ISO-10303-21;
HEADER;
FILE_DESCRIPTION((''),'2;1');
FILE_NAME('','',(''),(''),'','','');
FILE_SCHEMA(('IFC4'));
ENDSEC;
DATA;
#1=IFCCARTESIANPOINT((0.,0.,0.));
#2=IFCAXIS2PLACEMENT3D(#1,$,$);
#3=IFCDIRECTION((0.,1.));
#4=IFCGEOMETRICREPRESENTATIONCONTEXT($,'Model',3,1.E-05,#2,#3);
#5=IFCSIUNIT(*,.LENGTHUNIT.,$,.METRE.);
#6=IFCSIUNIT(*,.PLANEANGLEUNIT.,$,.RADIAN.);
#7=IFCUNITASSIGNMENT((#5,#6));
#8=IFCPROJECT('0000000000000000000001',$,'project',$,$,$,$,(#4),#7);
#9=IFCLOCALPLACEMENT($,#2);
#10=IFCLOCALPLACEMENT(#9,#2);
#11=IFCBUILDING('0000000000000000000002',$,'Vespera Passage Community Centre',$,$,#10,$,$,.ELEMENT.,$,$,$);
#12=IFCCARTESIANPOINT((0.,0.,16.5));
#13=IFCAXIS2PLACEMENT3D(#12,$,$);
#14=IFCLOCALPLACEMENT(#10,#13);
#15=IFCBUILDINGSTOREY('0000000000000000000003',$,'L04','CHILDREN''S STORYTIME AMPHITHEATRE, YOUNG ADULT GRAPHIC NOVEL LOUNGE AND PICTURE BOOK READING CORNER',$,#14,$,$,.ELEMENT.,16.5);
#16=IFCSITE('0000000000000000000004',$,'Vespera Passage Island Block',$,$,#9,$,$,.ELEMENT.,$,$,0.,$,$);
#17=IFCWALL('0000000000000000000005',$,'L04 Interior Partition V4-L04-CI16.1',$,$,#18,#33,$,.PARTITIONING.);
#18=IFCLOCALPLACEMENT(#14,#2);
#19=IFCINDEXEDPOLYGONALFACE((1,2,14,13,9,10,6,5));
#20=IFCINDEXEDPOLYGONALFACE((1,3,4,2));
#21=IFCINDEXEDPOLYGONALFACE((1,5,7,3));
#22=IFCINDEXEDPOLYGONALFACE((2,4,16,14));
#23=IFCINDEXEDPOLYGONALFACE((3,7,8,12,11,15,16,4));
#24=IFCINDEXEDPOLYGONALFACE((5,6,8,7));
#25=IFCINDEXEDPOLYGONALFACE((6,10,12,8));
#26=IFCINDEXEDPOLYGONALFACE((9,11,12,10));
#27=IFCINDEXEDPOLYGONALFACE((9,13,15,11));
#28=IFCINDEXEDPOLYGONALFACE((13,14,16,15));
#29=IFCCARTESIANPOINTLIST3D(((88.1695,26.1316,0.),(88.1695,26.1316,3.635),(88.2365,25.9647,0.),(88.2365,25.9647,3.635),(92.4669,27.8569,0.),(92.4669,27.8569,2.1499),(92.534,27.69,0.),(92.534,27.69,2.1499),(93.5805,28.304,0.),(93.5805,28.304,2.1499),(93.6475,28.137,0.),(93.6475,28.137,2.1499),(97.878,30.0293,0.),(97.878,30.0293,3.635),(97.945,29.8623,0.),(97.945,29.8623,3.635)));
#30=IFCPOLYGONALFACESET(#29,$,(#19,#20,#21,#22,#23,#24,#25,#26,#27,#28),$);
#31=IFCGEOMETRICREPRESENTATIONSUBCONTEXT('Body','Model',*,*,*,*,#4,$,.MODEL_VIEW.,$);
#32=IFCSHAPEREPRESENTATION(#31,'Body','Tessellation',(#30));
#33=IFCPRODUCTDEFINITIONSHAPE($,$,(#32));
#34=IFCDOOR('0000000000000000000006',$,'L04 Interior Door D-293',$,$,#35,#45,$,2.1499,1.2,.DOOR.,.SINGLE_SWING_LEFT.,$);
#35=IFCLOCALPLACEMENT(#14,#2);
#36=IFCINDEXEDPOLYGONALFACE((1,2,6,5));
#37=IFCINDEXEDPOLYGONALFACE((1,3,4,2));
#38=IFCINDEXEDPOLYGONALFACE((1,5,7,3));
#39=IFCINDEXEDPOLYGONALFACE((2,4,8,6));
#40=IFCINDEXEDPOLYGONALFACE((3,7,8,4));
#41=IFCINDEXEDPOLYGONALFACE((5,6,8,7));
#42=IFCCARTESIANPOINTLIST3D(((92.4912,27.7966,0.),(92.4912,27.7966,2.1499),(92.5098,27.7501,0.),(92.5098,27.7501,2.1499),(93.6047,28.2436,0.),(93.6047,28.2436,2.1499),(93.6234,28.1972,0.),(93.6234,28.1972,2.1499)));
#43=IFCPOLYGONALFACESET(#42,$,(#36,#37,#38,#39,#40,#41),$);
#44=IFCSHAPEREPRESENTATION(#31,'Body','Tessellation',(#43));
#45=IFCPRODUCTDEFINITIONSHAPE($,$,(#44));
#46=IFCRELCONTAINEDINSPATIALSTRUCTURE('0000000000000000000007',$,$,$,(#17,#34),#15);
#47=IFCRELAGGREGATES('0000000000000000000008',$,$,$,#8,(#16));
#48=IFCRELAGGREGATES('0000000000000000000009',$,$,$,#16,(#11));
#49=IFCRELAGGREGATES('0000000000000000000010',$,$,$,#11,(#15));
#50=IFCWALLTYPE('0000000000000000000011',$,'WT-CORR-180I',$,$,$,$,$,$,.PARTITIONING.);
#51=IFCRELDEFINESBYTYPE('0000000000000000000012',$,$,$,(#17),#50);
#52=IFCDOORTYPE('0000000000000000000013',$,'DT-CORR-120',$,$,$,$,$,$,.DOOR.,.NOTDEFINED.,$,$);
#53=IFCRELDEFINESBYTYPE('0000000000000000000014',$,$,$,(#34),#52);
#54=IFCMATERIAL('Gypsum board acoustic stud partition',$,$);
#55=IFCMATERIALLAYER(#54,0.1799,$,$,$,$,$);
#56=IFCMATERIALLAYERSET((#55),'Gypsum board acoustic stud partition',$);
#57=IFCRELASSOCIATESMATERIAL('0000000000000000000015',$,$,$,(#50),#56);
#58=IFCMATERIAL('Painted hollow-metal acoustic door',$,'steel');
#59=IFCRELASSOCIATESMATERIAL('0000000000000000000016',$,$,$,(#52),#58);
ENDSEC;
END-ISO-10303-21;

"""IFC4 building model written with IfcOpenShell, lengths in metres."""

from ifc_helpers import new_model, si_unit, direction, frame, frame_2d, origin, place, context, subcontext, project, spatial, rectangle, extrude, material, layer, layer_set, type_object, element, fill, save


model = new_model("IFC4")

# Units and contexts
model_context = context("Model", 3, precision=1e-05, world=origin(), true_north=direction((0.0, 1.0)))
body_context = subcontext(model_context, "Body", "Model", "MODEL_VIEW")
ifc_project = project(units=[si_unit("LENGTHUNIT", "METRE"), si_unit("PLANEANGLEUNIT", "RADIAN")], contexts=[model_context])

# Site, building, storey
site_placement = place(None, origin())
site = spatial("IfcSite", under=ifc_project, at=site_placement, Name="Vespera Passage Island Block", CompositionType="ELEMENT", RefElevation=0.0)
building_placement = place(site_placement, origin())
building = spatial("IfcBuilding", under=site, at=building_placement, Name="Vespera Passage Community Centre", CompositionType="ELEMENT")
storey_placement = place(building_placement, frame((0.0, 0.0, 16.5)))
storey = spatial("IfcBuildingStorey", under=building, at=storey_placement, Name="L04", Description="CHILDREN'S STORYTIME AMPHITHEATRE, YOUNG ADULT GRAPHIC NOVEL LOUNGE AND PICTURE BOOK READING CORNER", CompositionType="ELEMENT", Elevation=16.5)

# Wall, opening, door
ifc_material_1 = material(Name="Gypsum board acoustic stud partition")
ifc_layer_1 = layer(ifc_material_1, 0.1799)
ifc_layer_set_1 = layer_set([ifc_layer_1], Name="Gypsum board acoustic stud partition")
wall_type = type_object("IfcWallType", Name="WT-CORR-180I", PredefinedType="PARTITIONING", material=ifc_layer_set_1)
wall_placement = place(storey_placement, frame((88.2029, 26.0481, 0.0), z_axis=(0.0, 0.0, 1.0), x_axis=(0.928004, 0.372569, 0.0)))
wall = element("IfcWall", 1, at=wall_placement, inside=storey, type_object=wall_type, Name="L04 Interior Partition V4-L04-CI16.1", PredefinedType="PARTITIONING", context=body_context, shape_type="SweptSolid", body=[
    extrude(rectangle(XDim=10.4617, YDim=0.1799, at=frame_2d((5.231, 0.0))), origin(), (0.0, 0.0, 1.0), 3.635),
])
opening_placement = place(wall_placement, frame((4.6309, 0.0, 0.0)))
opening = element("IfcOpeningElement", 2, at=opening_placement, cuts=wall, PredefinedType="OPENING", context=body_context, shape_type="SweptSolid", body=[
    extrude(rectangle(XDim=1.2, YDim=2.1499, at=frame_2d((0.6001, 1.075))), frame((0.0, 0.0999, 0.0), z_axis=(0.0, -1.0, 0.0), x_axis=(1.0, 0.0, 0.0)), (0.0, 0.0, 1.0), 0.2),
])
ifc_material_2 = material(Name="Painted hollow-metal acoustic door", Category="steel")
door_type = type_object("IfcDoorType", Name="DT-CORR-120", OperationType="NOTDEFINED", PredefinedType="DOOR", material=ifc_material_2)
door_placement = place(opening_placement, origin())
door = element("IfcDoor", 3, at=door_placement, inside=storey, type_object=door_type, Name="L04 Interior Door D-293", OperationType="SINGLE_SWING_LEFT", OverallHeight=2.1499, OverallWidth=1.2, PredefinedType="DOOR", context=body_context, shape_type="SweptSolid", body=[
    extrude(rectangle(XDim=1.2, YDim=2.1499, at=frame_2d((0.6001, 1.075))), frame((0.0, 0.0249, 0.0), z_axis=(0.0, -1.0, 0.0), x_axis=(1.0, 0.0, 0.0)), (0.0, 0.0, 1.0), 0.05),
])
fill(opening, door)

save(model, "model.ifc")
